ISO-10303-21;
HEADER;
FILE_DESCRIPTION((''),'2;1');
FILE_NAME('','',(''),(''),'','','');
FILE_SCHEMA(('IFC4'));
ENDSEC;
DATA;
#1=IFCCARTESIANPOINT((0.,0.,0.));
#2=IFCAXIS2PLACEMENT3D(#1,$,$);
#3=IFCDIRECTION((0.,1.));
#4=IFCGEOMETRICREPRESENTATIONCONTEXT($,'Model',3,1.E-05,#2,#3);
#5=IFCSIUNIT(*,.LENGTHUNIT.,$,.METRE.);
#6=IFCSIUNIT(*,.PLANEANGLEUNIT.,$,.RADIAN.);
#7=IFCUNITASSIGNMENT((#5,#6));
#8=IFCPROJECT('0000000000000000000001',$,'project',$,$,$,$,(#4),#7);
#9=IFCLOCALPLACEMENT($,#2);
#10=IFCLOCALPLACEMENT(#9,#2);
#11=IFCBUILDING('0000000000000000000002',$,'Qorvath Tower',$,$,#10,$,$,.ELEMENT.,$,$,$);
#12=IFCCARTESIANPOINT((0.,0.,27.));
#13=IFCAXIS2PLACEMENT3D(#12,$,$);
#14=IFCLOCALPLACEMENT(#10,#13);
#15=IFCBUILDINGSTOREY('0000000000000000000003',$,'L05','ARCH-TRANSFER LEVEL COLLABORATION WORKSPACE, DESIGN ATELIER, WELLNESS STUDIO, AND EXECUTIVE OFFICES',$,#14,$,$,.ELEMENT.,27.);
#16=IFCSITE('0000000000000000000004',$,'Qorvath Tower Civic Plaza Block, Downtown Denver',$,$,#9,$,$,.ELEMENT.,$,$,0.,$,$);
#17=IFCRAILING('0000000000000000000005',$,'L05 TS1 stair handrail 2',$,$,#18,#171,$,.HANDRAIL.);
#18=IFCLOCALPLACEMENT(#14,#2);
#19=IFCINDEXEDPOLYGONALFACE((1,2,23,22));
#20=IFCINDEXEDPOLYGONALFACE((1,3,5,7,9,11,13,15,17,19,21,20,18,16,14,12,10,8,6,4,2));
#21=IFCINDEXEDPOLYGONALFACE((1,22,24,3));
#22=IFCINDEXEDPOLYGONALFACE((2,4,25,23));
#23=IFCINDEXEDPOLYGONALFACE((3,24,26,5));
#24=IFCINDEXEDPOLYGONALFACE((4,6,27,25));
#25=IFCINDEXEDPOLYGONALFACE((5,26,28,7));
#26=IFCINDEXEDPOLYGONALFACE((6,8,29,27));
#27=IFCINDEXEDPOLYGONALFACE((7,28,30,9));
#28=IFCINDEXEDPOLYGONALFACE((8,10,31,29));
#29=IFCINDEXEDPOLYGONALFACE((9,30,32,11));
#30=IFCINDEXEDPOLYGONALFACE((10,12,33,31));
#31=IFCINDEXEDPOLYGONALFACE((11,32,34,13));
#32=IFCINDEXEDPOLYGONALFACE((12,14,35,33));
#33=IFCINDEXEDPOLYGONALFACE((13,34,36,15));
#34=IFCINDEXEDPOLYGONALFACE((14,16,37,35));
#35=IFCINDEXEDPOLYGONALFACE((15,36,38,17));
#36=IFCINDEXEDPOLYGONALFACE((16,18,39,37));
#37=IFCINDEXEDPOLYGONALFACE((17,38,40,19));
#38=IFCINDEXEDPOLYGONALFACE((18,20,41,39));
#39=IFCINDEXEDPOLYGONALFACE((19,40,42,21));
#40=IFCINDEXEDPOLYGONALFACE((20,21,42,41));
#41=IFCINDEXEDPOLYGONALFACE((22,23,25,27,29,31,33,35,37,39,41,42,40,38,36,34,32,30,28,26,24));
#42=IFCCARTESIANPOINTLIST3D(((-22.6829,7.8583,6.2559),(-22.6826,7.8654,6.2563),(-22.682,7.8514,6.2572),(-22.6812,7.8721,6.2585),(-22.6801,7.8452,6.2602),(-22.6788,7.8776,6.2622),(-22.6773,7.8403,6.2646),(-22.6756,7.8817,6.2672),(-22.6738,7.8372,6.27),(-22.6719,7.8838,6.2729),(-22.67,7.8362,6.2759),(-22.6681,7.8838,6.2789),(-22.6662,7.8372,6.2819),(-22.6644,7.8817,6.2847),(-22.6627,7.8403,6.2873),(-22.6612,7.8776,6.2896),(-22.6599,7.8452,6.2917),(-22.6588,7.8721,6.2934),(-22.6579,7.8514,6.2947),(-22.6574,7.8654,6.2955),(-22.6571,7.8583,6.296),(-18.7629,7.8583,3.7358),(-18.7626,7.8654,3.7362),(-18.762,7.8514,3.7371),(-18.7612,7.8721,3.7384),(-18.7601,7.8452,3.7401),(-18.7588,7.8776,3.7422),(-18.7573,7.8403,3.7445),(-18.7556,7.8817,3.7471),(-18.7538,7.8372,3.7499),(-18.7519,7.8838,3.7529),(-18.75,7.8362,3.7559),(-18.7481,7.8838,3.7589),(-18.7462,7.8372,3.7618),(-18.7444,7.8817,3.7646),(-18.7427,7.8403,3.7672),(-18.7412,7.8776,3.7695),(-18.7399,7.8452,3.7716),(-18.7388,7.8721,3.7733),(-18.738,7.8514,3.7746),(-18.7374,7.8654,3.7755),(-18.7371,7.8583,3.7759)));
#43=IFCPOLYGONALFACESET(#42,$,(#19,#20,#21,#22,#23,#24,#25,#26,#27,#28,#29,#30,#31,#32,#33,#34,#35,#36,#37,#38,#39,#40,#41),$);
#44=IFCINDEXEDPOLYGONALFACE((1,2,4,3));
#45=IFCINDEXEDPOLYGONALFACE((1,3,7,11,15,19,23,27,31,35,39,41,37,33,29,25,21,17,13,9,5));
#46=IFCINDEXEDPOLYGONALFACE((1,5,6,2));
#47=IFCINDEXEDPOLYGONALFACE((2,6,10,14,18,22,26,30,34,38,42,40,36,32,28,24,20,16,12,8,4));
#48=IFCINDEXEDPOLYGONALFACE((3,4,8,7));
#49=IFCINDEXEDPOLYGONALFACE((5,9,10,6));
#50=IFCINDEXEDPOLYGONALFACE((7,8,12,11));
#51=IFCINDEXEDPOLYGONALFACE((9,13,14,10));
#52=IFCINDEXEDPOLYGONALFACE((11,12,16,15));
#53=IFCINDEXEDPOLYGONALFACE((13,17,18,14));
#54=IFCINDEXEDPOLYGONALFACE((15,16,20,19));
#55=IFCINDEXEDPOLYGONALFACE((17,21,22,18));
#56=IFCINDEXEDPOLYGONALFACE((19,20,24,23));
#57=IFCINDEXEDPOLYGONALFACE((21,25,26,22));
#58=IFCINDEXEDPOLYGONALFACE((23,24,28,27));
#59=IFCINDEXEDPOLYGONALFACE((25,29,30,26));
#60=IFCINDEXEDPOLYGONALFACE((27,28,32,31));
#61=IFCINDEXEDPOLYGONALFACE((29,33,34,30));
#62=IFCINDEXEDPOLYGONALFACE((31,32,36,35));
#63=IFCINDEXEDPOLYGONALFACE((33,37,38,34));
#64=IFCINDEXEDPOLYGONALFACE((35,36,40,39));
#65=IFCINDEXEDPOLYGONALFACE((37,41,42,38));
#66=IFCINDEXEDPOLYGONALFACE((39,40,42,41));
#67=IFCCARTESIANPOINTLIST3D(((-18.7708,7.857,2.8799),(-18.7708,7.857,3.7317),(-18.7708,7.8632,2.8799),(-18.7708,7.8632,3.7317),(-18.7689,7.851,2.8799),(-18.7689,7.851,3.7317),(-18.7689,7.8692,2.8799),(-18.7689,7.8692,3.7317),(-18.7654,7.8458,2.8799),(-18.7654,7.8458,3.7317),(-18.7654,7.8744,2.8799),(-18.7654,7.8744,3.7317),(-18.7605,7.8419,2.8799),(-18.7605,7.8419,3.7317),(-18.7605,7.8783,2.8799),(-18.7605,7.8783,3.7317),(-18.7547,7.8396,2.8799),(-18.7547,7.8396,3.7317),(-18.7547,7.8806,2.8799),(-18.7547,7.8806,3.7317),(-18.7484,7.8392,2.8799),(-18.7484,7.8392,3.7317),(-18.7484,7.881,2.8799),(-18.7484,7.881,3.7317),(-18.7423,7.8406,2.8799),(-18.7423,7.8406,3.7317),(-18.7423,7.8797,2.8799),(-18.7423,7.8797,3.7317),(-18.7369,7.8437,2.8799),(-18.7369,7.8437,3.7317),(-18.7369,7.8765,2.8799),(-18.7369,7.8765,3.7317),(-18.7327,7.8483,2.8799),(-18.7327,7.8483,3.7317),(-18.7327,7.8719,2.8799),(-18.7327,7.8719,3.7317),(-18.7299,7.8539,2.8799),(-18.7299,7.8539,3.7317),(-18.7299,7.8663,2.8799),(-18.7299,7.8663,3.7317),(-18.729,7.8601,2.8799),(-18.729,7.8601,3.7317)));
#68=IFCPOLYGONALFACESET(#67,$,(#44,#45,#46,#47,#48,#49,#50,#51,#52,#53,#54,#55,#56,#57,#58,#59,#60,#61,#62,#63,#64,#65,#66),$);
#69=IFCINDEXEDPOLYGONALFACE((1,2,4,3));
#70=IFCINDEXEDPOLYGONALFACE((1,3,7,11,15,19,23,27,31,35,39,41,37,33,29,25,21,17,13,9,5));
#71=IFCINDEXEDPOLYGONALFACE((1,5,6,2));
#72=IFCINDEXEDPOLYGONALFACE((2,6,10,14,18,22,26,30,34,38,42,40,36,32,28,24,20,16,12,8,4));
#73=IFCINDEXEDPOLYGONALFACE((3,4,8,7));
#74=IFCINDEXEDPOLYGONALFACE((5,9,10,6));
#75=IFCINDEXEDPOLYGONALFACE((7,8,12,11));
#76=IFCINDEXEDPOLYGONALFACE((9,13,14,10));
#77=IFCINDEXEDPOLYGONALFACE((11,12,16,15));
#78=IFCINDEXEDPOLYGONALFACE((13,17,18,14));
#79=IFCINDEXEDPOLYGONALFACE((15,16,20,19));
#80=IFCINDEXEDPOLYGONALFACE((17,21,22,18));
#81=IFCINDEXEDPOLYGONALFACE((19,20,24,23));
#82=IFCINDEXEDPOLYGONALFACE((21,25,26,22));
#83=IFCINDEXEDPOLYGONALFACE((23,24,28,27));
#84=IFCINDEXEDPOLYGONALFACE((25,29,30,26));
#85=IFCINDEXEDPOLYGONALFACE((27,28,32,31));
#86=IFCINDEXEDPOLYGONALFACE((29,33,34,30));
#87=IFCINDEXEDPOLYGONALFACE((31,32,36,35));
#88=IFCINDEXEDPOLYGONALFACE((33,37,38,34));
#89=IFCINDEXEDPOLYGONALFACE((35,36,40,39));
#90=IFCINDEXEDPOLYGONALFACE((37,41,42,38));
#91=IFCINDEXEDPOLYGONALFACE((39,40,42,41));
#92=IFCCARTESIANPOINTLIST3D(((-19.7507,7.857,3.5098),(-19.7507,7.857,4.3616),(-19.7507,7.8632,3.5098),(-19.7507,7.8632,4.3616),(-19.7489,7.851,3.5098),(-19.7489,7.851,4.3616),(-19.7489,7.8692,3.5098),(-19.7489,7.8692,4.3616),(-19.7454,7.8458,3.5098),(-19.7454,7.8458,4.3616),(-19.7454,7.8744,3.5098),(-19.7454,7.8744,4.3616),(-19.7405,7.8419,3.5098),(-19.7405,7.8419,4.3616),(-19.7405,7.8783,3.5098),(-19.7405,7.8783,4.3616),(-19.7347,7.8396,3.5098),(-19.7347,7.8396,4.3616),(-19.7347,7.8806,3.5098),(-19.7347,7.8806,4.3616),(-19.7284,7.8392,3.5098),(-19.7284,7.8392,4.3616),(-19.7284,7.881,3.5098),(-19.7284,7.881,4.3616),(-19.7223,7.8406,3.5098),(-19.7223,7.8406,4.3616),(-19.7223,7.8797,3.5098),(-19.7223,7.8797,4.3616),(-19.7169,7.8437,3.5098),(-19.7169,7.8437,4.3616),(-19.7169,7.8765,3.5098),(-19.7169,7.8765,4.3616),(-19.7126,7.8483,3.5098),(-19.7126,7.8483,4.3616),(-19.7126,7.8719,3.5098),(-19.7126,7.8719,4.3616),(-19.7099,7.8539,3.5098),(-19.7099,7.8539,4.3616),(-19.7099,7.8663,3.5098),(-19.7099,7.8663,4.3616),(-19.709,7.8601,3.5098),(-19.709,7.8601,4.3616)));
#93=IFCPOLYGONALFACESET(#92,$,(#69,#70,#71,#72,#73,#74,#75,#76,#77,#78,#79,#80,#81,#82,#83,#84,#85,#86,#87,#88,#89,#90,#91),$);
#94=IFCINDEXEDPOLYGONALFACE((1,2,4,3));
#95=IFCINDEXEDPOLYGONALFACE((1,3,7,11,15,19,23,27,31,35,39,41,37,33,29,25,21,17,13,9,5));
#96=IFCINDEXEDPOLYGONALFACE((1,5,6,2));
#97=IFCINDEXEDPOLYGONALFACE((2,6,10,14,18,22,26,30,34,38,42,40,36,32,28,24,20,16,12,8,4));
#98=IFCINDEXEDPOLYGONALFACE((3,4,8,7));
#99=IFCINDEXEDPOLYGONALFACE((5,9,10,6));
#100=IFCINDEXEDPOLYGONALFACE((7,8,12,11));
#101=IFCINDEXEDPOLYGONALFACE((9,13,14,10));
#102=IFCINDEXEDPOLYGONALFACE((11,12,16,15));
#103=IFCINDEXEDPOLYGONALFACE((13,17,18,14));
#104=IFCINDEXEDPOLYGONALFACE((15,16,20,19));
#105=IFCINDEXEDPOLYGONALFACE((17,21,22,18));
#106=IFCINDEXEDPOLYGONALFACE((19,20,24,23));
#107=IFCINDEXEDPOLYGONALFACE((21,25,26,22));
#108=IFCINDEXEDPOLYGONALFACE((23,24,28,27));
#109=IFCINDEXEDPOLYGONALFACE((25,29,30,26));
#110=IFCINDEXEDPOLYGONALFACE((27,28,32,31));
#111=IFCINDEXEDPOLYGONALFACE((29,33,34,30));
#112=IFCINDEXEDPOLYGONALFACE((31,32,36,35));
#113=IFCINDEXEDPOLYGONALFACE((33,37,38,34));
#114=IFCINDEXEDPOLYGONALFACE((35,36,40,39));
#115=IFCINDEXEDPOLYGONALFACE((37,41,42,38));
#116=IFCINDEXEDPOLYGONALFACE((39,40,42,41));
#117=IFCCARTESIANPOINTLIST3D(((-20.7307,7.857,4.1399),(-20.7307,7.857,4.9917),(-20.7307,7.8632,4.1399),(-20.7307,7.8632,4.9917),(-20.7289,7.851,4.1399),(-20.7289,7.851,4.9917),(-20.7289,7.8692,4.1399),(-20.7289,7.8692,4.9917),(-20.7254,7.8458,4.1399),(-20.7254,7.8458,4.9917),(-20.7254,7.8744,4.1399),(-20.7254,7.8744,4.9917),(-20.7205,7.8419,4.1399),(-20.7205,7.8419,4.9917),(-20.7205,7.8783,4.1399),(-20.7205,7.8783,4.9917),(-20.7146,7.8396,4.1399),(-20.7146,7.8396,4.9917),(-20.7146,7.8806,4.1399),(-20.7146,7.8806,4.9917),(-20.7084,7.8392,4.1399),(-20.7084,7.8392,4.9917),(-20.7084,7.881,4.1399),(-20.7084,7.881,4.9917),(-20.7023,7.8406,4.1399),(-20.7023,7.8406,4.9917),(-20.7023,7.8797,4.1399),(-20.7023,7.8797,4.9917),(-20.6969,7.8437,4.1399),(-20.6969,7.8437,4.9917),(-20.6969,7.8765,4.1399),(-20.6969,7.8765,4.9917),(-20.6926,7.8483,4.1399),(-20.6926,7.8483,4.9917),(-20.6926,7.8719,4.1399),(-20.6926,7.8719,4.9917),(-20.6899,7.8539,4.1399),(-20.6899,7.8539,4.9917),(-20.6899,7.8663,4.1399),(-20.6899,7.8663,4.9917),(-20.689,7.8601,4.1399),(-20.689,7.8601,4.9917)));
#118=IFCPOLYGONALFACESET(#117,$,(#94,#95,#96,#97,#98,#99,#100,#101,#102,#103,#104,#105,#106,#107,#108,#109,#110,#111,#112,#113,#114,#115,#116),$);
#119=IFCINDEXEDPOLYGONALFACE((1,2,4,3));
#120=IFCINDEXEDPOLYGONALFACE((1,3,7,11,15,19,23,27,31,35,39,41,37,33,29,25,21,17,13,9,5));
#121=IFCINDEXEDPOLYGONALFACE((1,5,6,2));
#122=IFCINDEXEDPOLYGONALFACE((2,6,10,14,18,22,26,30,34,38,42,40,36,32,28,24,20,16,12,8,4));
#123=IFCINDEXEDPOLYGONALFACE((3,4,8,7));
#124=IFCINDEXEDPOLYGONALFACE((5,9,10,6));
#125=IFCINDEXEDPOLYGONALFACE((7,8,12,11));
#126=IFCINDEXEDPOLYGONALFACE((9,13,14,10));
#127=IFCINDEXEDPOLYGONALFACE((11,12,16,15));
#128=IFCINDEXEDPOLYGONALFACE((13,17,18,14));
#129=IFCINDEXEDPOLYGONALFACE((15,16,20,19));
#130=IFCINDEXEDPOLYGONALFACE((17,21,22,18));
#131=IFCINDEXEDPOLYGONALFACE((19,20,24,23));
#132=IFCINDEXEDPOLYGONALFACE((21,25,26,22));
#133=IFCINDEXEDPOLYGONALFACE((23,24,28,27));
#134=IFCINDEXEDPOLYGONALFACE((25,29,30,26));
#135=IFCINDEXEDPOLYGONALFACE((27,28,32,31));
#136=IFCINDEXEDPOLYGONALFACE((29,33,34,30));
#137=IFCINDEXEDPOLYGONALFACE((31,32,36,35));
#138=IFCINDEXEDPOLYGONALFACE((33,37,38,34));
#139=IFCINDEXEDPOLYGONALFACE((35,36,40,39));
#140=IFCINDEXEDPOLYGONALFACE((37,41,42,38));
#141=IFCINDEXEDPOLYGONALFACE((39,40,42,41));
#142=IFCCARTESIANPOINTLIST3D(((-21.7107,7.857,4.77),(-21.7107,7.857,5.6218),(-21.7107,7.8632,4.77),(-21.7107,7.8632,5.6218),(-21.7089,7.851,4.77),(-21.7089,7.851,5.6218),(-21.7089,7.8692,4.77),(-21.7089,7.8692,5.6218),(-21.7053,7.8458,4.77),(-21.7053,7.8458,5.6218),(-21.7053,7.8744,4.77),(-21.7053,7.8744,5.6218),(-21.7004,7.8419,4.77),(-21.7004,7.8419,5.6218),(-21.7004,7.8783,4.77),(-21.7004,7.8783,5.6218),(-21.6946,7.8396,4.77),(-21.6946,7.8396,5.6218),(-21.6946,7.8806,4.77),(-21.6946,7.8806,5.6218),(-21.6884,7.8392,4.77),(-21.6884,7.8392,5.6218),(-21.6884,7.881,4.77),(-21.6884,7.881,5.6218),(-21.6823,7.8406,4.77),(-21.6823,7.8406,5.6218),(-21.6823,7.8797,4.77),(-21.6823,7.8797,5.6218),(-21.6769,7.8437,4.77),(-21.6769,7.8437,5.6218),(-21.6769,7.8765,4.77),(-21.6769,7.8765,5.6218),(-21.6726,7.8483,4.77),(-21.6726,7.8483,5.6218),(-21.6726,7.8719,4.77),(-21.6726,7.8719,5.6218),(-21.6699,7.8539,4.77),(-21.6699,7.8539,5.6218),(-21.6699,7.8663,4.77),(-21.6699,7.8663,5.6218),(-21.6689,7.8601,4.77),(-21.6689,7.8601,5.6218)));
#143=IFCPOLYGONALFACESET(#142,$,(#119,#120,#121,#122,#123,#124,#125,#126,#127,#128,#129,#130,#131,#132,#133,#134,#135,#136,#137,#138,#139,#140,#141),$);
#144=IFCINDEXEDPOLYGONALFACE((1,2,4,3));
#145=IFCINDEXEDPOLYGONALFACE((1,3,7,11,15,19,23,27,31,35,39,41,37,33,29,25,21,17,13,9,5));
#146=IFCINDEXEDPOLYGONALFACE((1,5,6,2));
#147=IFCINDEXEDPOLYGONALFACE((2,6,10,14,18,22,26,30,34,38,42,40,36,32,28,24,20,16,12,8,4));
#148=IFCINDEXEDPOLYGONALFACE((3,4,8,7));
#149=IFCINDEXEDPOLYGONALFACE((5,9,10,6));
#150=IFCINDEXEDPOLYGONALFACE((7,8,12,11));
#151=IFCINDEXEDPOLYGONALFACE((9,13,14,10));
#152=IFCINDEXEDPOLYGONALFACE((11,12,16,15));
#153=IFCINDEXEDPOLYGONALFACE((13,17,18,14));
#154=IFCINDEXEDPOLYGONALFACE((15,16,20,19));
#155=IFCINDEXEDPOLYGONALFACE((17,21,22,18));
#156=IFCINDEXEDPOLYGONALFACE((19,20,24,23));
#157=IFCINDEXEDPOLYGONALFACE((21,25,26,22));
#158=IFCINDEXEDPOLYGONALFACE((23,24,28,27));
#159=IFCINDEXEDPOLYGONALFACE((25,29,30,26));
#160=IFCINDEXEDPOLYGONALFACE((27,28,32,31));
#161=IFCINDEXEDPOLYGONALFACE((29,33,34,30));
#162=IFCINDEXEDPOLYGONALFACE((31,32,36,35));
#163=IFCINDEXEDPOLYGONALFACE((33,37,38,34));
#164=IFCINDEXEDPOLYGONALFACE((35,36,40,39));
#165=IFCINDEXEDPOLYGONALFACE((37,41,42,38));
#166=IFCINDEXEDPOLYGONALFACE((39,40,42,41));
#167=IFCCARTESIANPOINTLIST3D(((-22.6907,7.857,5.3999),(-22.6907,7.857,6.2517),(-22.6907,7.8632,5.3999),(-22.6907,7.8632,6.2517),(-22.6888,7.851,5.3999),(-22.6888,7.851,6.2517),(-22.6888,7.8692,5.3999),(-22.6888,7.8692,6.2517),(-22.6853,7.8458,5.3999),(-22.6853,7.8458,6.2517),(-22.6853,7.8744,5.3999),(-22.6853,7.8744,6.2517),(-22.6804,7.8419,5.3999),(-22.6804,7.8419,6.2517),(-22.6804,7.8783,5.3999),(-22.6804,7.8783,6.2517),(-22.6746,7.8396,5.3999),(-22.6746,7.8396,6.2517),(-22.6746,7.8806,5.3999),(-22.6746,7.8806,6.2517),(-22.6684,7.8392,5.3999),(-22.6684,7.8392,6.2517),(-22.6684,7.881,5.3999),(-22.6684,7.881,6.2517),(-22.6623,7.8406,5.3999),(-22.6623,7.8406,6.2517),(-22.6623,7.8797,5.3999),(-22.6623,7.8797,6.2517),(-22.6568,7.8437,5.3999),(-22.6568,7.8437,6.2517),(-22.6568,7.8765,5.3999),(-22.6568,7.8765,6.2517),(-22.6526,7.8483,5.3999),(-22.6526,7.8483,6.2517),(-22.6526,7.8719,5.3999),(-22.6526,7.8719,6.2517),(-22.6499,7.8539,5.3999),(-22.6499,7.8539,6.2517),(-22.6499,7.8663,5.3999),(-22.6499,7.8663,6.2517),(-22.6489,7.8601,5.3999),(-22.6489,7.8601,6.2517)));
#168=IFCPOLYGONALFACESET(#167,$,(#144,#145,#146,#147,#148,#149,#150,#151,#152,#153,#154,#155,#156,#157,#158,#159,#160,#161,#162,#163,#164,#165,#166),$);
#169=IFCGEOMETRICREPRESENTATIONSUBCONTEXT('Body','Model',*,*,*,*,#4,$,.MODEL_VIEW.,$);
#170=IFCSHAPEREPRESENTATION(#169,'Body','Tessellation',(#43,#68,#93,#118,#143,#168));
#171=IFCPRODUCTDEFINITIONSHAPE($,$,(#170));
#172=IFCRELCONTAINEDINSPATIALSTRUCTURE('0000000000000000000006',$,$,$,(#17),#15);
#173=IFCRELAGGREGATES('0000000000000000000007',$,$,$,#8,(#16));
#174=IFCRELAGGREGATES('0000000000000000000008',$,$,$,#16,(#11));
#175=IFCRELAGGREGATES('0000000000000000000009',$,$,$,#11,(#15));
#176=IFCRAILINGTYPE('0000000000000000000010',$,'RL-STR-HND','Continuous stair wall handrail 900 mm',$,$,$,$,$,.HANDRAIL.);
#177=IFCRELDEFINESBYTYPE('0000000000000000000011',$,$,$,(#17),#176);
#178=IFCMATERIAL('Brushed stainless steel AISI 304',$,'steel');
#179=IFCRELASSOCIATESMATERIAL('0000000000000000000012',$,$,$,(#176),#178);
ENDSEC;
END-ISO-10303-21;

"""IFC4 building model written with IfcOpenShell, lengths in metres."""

from ifc_helpers import new_model, si_unit, direction, frame, origin, origin_2d, place, context, subcontext, project, spatial, circle, extrude, material, type_object, element, save


model = new_model("IFC4")

# Units and contexts
model_context = context("Model", 3, precision=1e-05, world=origin(), true_north=direction((0.0, 1.0)))
body_context = subcontext(model_context, "Body", "Model", "MODEL_VIEW")
ifc_project = project(units=[si_unit("LENGTHUNIT", "METRE"), si_unit("PLANEANGLEUNIT", "RADIAN")], contexts=[model_context])

# Site, building, storey
site_placement = place(None, origin())
site = spatial("IfcSite", under=ifc_project, at=site_placement, Name="Qorvath Tower Civic Plaza Block, Downtown Denver", CompositionType="ELEMENT", RefElevation=0.0)
building_placement = place(site_placement, origin())
building = spatial("IfcBuilding", under=site, at=building_placement, Name="Qorvath Tower", CompositionType="ELEMENT")
storey_placement = place(building_placement, frame((0.0, 0.0, 27.0)))
storey = spatial("IfcBuildingStorey", under=building, at=storey_placement, Name="L05", Description="ARCH-TRANSFER LEVEL COLLABORATION WORKSPACE, DESIGN ATELIER, WELLNESS STUDIO, AND EXECUTIVE OFFICES", CompositionType="ELEMENT", Elevation=27.0)

# Railing
ifc_material_1 = material(Name="Brushed stainless steel AISI 304", Category="steel")
railing_type = type_object("IfcRailingType", Name="RL-STR-HND", Description="Continuous stair wall handrail 900 mm", PredefinedType="HANDRAIL", material=ifc_material_1)
railing_placement = place(storey_placement, frame((-18.75, 7.8601, 2.8799)))
element("IfcRailing", 1, at=railing_placement, inside=storey, type_object=railing_type, Name="L05 TS1 stair handrail 2", PredefinedType="HANDRAIL", context=body_context, shape_type="SweptSolid", body=[
    extrude(circle(Radius=0.0239, at=origin_2d()), frame((0.0, 0.0, 0.876), z_axis=(-0.841172, 0.0, 0.540768), x_axis=(0.0, -1.0, 0.0)), (0.0, 0.0, 1.0), 4.6602),
    extrude(circle(Radius=0.021, at=origin_2d()), origin(), (0.0, 0.0, 1.0), 0.8518),
    extrude(circle(Radius=0.021, at=origin_2d()), frame((-0.98, 0.0, 0.6299)), (0.0, 0.0, 1.0), 0.8518),
    extrude(circle(Radius=0.021, at=origin_2d()), frame((-1.96, 0.0, 1.26)), (0.0, 0.0, 1.0), 0.8518),
    extrude(circle(Radius=0.021, at=origin_2d()), frame((-2.9399, 0.0, 1.8901)), (0.0, 0.0, 1.0), 0.8518),
    extrude(circle(Radius=0.021, at=origin_2d()), frame((-3.9199, 0.0, 2.52)), (0.0, 0.0, 1.0), 0.8518),
])

save(model, "model.ifc")
